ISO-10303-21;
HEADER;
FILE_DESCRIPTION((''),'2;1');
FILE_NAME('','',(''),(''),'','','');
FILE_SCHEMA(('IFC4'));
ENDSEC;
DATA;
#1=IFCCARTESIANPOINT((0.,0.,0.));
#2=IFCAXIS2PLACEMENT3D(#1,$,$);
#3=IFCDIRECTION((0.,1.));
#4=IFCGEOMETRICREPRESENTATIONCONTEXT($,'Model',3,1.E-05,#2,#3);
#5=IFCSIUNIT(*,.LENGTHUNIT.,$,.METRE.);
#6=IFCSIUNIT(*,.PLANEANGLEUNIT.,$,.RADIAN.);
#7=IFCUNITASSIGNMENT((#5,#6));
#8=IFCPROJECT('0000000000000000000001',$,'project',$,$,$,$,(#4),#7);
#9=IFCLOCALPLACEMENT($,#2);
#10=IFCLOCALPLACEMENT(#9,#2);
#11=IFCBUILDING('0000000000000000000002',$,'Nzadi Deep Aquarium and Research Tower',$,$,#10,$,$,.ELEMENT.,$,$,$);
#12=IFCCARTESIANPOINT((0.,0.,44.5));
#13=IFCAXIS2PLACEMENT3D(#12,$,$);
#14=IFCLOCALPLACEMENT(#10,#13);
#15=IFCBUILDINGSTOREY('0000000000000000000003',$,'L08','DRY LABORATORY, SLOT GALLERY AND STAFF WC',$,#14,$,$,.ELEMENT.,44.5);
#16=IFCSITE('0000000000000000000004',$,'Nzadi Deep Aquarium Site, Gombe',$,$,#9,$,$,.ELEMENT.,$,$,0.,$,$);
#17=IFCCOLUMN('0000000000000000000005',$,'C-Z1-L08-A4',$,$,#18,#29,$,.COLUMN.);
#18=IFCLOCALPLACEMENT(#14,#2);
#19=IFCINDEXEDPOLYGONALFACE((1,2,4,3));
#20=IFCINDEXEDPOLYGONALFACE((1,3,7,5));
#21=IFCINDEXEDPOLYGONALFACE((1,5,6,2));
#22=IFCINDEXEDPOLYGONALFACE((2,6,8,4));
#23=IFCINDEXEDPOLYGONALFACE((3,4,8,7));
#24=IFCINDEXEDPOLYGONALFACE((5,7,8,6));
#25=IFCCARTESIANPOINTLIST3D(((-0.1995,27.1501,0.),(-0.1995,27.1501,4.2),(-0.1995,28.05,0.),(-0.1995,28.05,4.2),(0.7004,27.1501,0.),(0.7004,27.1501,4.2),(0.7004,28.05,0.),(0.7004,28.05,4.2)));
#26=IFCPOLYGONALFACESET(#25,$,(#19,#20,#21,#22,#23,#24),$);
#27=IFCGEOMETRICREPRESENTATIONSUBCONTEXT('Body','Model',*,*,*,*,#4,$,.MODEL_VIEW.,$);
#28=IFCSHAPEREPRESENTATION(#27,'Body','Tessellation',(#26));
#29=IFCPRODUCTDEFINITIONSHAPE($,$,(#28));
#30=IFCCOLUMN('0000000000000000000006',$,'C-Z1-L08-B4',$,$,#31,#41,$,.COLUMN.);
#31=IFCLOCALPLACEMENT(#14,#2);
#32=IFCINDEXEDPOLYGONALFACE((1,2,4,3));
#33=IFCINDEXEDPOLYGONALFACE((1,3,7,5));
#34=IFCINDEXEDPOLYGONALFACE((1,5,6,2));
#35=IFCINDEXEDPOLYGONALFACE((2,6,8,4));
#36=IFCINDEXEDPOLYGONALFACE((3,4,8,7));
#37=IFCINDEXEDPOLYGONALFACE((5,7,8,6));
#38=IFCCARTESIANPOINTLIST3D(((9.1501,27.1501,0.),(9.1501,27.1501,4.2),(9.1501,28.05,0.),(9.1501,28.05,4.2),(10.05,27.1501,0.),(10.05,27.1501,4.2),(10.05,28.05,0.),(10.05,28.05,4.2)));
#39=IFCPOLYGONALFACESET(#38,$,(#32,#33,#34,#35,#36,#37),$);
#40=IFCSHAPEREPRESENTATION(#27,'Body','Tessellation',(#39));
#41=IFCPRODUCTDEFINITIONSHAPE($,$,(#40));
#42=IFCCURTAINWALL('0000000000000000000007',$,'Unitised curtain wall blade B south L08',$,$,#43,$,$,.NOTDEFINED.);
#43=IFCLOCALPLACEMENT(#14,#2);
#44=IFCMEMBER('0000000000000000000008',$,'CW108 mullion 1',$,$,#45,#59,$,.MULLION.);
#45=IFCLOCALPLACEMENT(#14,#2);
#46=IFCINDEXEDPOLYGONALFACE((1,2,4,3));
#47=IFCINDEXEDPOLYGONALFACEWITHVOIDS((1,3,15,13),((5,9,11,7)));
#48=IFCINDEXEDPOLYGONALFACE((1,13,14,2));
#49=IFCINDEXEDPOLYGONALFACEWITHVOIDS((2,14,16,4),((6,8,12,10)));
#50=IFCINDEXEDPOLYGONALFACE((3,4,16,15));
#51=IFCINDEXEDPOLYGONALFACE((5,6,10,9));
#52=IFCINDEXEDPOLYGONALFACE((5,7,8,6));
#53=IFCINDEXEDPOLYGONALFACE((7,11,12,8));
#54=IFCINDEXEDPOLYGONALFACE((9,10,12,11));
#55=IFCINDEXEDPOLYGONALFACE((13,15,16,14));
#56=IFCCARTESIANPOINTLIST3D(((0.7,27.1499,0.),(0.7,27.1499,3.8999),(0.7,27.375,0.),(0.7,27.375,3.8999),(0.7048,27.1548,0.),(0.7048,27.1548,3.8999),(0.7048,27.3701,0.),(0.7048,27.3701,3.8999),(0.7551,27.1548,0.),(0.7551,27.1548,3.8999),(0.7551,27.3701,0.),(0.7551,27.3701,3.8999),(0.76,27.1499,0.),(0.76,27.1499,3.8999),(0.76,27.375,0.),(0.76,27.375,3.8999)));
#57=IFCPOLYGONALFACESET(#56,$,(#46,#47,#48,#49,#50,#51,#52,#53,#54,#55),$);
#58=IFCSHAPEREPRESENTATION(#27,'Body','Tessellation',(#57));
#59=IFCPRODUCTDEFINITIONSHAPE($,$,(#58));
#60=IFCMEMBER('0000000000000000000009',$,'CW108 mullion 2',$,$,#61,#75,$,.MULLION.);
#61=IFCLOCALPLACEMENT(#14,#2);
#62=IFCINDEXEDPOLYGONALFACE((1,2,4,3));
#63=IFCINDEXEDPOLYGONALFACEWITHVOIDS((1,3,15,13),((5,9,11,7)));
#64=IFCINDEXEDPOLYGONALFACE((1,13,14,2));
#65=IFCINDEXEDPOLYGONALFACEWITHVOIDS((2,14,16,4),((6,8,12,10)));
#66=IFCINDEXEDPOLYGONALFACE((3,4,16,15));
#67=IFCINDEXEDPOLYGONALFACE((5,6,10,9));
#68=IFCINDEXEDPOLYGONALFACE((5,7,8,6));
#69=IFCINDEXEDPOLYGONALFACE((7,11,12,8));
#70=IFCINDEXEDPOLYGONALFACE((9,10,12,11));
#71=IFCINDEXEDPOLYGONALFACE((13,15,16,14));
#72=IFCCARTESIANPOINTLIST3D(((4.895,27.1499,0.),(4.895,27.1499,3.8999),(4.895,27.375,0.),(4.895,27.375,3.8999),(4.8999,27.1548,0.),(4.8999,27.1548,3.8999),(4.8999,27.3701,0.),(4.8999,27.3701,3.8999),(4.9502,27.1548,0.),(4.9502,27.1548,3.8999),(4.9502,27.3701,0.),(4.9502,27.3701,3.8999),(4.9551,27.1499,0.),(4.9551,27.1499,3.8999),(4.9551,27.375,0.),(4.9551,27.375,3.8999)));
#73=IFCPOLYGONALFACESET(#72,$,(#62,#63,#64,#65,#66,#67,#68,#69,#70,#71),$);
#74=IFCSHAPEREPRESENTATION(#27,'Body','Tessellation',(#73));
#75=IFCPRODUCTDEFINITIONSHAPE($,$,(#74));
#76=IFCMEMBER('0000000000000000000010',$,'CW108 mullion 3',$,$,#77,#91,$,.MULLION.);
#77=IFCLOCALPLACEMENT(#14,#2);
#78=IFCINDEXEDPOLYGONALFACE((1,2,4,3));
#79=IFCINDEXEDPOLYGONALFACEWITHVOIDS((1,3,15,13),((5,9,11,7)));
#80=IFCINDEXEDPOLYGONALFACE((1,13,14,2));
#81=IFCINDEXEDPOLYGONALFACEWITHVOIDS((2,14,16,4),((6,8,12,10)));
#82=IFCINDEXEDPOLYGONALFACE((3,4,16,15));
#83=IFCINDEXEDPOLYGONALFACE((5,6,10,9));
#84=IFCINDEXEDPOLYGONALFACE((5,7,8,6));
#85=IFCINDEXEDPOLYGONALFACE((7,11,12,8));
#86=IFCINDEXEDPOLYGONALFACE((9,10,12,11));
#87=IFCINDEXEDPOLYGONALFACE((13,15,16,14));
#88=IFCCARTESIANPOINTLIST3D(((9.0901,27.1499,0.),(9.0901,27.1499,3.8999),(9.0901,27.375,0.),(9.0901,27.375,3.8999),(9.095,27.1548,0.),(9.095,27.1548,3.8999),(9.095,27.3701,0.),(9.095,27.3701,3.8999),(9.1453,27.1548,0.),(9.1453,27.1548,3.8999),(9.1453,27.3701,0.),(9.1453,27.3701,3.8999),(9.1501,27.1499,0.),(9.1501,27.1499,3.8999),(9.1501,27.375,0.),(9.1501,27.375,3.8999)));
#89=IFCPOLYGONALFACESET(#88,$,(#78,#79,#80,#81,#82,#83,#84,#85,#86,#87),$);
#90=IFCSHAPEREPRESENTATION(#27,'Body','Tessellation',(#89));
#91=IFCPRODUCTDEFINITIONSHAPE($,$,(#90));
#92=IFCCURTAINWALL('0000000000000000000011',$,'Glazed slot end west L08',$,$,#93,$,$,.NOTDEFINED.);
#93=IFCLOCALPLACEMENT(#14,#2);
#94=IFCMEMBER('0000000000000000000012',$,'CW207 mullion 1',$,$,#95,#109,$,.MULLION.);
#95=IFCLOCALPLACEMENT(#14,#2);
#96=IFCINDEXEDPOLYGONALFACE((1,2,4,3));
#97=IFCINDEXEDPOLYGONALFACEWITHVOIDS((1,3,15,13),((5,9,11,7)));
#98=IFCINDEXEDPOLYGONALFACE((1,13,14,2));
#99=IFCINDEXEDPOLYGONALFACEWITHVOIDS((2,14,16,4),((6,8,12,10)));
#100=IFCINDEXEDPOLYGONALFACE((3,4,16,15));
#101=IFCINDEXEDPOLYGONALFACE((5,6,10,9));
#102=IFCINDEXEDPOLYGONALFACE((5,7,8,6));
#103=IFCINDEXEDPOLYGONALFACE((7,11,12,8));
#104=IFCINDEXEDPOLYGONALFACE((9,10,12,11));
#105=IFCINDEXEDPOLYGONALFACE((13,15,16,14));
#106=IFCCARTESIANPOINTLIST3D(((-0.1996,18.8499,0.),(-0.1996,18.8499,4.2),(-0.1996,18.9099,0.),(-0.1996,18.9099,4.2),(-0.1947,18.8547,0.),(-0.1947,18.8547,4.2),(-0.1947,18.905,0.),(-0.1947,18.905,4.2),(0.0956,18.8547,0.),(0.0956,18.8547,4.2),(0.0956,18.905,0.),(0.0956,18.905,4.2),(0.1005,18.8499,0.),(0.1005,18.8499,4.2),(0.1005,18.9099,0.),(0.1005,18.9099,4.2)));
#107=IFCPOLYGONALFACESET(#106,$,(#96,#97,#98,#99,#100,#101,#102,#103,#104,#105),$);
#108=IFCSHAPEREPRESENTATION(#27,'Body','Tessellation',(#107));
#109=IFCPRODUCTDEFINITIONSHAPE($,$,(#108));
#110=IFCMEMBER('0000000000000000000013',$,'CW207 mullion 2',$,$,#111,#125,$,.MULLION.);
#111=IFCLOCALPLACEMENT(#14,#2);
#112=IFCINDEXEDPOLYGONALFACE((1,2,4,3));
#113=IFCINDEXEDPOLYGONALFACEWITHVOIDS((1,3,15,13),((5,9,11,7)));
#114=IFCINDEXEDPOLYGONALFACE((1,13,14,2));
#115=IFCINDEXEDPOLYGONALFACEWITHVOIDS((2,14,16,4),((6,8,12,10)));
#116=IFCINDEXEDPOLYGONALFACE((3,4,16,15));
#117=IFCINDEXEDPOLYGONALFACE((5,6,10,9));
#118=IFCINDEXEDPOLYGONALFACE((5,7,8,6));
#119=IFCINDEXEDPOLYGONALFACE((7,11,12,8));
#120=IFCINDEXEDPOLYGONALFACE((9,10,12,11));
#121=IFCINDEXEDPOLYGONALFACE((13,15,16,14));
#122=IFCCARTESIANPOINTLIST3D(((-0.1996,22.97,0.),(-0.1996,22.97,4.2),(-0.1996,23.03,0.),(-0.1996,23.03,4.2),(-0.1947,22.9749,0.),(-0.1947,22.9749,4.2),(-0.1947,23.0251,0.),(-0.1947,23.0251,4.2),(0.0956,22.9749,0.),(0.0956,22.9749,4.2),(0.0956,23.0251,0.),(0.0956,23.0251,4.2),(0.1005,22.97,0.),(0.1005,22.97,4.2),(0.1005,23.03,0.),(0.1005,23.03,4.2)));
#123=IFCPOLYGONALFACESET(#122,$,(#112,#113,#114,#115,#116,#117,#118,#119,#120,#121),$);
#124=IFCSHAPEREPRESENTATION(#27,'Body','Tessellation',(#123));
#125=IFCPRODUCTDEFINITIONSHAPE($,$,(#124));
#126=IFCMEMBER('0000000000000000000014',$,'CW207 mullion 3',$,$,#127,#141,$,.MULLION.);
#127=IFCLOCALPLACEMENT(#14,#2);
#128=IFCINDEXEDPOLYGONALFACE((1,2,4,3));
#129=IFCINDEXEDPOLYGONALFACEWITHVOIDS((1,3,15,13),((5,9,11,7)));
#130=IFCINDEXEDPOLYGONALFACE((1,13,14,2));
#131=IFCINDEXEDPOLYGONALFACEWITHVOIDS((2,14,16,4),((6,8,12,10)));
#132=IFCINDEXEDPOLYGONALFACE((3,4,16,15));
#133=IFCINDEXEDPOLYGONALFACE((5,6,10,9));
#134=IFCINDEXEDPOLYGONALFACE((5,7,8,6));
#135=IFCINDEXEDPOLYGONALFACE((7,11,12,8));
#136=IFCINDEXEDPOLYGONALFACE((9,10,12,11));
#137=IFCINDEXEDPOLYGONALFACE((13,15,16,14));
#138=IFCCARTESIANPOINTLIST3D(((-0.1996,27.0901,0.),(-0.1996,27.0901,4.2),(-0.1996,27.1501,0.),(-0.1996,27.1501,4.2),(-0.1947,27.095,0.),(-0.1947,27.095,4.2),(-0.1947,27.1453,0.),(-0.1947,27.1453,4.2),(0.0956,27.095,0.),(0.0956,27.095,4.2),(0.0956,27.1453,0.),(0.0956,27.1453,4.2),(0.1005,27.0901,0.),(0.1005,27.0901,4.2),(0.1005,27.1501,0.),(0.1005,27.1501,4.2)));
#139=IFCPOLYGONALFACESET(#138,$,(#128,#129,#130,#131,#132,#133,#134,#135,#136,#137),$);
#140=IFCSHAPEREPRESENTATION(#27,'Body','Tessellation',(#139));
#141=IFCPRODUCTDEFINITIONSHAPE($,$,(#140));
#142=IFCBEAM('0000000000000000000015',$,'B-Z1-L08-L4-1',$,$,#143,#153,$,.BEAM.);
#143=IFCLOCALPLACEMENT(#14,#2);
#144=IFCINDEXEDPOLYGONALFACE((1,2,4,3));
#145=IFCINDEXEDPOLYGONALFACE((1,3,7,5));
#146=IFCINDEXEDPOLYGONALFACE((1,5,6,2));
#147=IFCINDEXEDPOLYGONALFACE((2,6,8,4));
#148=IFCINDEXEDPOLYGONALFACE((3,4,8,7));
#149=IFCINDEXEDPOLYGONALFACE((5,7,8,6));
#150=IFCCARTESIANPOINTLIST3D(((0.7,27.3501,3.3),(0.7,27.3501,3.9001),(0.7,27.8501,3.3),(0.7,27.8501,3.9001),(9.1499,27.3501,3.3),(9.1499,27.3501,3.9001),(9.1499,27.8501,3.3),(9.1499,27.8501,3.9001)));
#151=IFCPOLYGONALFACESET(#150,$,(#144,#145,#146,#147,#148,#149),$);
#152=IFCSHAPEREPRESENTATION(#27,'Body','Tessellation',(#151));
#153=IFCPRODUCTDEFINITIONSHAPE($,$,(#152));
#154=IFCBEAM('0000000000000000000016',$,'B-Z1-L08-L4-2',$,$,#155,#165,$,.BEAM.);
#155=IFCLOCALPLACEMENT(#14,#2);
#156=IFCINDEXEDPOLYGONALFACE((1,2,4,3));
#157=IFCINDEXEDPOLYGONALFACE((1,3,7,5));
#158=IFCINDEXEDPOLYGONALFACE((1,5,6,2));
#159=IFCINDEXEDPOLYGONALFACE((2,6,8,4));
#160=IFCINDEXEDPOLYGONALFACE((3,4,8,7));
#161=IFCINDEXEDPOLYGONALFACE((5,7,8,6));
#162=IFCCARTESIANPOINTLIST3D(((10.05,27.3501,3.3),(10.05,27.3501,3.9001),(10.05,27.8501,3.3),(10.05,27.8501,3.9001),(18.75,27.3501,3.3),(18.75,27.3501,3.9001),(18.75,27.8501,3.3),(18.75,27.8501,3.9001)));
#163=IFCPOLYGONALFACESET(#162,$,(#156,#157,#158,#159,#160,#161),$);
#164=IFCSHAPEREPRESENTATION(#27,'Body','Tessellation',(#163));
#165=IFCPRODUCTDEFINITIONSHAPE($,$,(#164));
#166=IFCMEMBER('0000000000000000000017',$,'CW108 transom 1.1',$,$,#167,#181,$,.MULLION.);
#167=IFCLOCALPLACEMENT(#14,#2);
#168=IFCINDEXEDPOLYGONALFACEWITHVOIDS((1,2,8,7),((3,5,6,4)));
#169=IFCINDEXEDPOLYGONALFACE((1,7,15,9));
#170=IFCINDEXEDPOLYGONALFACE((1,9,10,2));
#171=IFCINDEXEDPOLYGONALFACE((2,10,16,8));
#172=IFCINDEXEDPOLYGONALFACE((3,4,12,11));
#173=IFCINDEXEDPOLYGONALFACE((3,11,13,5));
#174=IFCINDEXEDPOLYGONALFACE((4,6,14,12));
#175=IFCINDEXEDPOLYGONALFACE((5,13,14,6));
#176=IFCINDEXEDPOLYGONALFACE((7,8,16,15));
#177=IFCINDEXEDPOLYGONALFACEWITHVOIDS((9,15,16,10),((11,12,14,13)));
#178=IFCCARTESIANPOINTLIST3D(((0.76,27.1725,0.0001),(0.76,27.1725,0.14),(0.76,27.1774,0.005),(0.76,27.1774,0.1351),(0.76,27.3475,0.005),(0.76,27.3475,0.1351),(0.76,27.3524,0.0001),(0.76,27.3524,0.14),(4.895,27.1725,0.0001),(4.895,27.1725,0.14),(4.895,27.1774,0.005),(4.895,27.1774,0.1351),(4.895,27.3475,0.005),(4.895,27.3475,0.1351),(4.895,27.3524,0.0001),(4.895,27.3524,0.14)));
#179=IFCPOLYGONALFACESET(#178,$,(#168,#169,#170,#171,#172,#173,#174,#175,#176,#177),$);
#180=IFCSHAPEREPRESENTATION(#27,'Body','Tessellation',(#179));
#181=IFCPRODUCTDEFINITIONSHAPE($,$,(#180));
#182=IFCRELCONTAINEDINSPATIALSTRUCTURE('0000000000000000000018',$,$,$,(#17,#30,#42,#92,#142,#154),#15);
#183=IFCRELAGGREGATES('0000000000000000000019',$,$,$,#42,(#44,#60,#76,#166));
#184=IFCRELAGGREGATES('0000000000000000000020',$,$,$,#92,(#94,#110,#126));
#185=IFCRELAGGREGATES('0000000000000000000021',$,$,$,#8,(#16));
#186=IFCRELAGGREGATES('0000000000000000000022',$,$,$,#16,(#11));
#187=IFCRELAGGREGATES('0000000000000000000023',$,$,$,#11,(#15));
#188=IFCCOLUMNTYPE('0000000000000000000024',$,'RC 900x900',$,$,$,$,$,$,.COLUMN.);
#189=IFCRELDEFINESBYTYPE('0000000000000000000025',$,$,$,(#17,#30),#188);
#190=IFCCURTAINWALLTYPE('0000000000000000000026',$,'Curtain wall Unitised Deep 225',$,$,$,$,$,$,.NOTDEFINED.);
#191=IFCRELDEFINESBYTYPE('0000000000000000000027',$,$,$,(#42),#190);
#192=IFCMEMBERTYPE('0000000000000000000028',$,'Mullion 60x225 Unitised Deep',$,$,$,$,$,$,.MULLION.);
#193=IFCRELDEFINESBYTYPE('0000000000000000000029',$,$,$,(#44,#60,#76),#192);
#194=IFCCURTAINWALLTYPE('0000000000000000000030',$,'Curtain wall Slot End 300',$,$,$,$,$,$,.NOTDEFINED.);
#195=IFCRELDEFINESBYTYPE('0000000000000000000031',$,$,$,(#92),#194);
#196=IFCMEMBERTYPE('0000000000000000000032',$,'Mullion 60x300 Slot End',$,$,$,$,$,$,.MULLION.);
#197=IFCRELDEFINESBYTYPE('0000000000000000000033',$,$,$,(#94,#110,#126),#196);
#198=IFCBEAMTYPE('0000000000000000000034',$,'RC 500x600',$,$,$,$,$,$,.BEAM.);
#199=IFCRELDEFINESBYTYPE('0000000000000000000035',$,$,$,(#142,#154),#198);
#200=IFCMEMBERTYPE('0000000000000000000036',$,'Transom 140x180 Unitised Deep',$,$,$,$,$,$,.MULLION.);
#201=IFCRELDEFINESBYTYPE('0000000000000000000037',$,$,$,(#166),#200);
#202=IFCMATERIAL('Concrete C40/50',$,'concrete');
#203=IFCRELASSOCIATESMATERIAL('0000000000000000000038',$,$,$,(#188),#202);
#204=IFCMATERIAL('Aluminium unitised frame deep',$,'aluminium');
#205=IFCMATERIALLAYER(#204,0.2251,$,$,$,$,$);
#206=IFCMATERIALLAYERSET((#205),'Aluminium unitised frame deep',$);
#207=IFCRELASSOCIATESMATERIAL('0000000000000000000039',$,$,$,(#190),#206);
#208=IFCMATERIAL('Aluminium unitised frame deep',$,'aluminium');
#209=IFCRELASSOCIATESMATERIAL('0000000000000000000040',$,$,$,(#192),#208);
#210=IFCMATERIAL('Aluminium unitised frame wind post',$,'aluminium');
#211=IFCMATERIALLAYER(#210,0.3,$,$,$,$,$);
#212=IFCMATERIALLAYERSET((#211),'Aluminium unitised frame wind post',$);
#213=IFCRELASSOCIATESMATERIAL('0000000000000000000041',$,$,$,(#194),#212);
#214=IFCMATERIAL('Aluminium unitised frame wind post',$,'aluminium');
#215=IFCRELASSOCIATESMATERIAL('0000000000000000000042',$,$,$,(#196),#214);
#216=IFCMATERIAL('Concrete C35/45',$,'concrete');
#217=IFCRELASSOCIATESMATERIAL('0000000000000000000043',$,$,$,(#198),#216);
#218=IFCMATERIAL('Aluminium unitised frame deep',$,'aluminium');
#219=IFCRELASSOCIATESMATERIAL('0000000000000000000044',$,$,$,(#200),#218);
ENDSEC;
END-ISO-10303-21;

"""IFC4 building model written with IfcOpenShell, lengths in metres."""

from ifc_helpers import new_model, si_unit, direction, frame, origin, origin_2d, place, context, subcontext, project, spatial, rectangle, hollow_rectangle, extrude, material, layer, layer_set, material_profile, profile_set, type_object, element, aggregate, save


model = new_model("IFC4")

# Units and contexts
model_context = context("Model", 3, precision=1e-05, world=origin(), true_north=direction((0.0, 1.0)))
body_context = subcontext(model_context, "Body", "Model", "MODEL_VIEW")
ifc_project = project(units=[si_unit("LENGTHUNIT", "METRE"), si_unit("PLANEANGLEUNIT", "RADIAN")], contexts=[model_context])

# Site, building, storey
site_placement = place(None, origin())
site = spatial("IfcSite", under=ifc_project, at=site_placement, Name="Nzadi Deep Aquarium Site, Gombe", CompositionType="ELEMENT", RefElevation=0.0)
building_placement = place(site_placement, origin())
building = spatial("IfcBuilding", under=site, at=building_placement, Name="Nzadi Deep Aquarium and Research Tower", CompositionType="ELEMENT")
storey_placement = place(building_placement, frame((0.0, 0.0, 44.5)))
storey = spatial("IfcBuildingStorey", under=building, at=storey_placement, Name="L08", Description="DRY LABORATORY, SLOT GALLERY AND STAFF WC", CompositionType="ELEMENT", Elevation=44.5)

# Columns
ifc_material_1 = material(Name="Concrete C40/50", Category="concrete")
ifc_material_profile_1 = material_profile(ifc_material_1, rectangle(XDim=0.8999, YDim=0.8999, at=origin_2d()))
ifc_profile_set_1 = profile_set([ifc_material_profile_1], Name="Concrete C40/50")
column_type = type_object("IfcColumnType", Name="RC 900x900", PredefinedType="COLUMN", material=ifc_profile_set_1)
for number, where, z_axis, x_axis, name in (
    (1, (0.2505, 27.6001, 0.0), (0.0, 0.0, 1.0), (1.0, 0.0, 0.0), "C-Z1-L08-A4"),
    (2, (9.6001, 27.6001, 0.0), (0.0, 0.0, 1.0), (1.0, 0.0, 0.0), "C-Z1-L08-B4"),
):
    element("IfcColumn", number, at=place(storey_placement, frame(where, z_axis=z_axis, x_axis=x_axis)), inside=storey, type_object=column_type, Name=name, PredefinedType="COLUMN", context=body_context, shape_type="SweptSolid", body=[
        extrude(rectangle(XDim=0.8999, YDim=0.8999, at=origin_2d()), origin(), (0.0, 0.0, 1.0), 4.2),
    ])

# Curtain walls, members
ifc_material_2 = material(Name="Aluminium unitised frame deep", Category="aluminium")
ifc_layer_1 = layer(ifc_material_2, 0.2251)
ifc_layer_set_1 = layer_set([ifc_layer_1], Name="Aluminium unitised frame deep")
curtain_wall_type_1 = type_object("IfcCurtainWallType", Name="Curtain wall Unitised Deep 225", PredefinedType="NOTDEFINED", material=ifc_layer_set_1)
curtain_wall_1_placement = place(storey_placement, origin())
curtain_wall_1 = element("IfcCurtainWall", 3, at=curtain_wall_1_placement, inside=storey, type_object=curtain_wall_type_1, Name="Unitised curtain wall blade B south L08", PredefinedType="NOTDEFINED")
ifc_material_3 = material(Name="Aluminium unitised frame deep", Category="aluminium")
ifc_material_profile_2 = material_profile(ifc_material_3, hollow_rectangle(XDim=0.2251, YDim=0.0601, WallThickness=0.0049, at=origin_2d()))
ifc_profile_set_2 = profile_set([ifc_material_profile_2], Name="Aluminium unitised frame deep")
member_type_1 = type_object("IfcMemberType", Name="Mullion 60x225 Unitised Deep", PredefinedType="MULLION", material=ifc_profile_set_2)
member_1_placement = place(storey_placement, frame((0.73, 27.2625, 0.0), z_axis=(0.0, 0.0, 1.0), x_axis=(0.0, 1.0, 0.0)))
member_1 = element("IfcMember", 4, at=member_1_placement, type_object=member_type_1, Name="CW108 mullion 1", PredefinedType="MULLION", context=body_context, shape_type="SweptSolid", body=[
    extrude(hollow_rectangle(XDim=0.2251, YDim=0.0601, WallThickness=0.0049, at=origin_2d()), origin(), (0.0, 0.0, 1.0), 3.8999),
])
member_2_placement = place(storey_placement, frame((4.925, 27.2625, 0.0), z_axis=(0.0, 0.0, 1.0), x_axis=(0.0, 1.0, 0.0)))
member_2 = element("IfcMember", 5, at=member_2_placement, type_object=member_type_1, Name="CW108 mullion 2", PredefinedType="MULLION", context=body_context, shape_type="SweptSolid", body=[
    extrude(hollow_rectangle(XDim=0.2251, YDim=0.0601, WallThickness=0.0049, at=origin_2d()), origin(), (0.0, 0.0, 1.0), 3.8999),
])
member_3_placement = place(storey_placement, frame((9.1201, 27.2625, 0.0), z_axis=(0.0, 0.0, 1.0), x_axis=(0.0, 1.0, 0.0)))
member_3 = element("IfcMember", 6, at=member_3_placement, type_object=member_type_1, Name="CW108 mullion 3", PredefinedType="MULLION", context=body_context, shape_type="SweptSolid", body=[
    extrude(hollow_rectangle(XDim=0.2251, YDim=0.0601, WallThickness=0.0049, at=origin_2d()), origin(), (0.0, 0.0, 1.0), 3.8999),
])
ifc_material_4 = material(Name="Aluminium unitised frame wind post", Category="aluminium")
ifc_layer_2 = layer(ifc_material_4, 0.3)
ifc_layer_set_2 = layer_set([ifc_layer_2], Name="Aluminium unitised frame wind post")
curtain_wall_type_2 = type_object("IfcCurtainWallType", Name="Curtain wall Slot End 300", PredefinedType="NOTDEFINED", material=ifc_layer_set_2)
curtain_wall_2_placement = place(storey_placement, origin())
curtain_wall_2 = element("IfcCurtainWall", 7, at=curtain_wall_2_placement, inside=storey, type_object=curtain_wall_type_2, Name="Glazed slot end west L08", PredefinedType="NOTDEFINED")
ifc_material_5 = material(Name="Aluminium unitised frame wind post", Category="aluminium")
ifc_material_profile_3 = material_profile(ifc_material_5, hollow_rectangle(XDim=0.3, YDim=0.0601, WallThickness=0.0049, at=origin_2d()))
ifc_profile_set_3 = profile_set([ifc_material_profile_3], Name="Aluminium unitised frame wind post")
member_type_2 = type_object("IfcMemberType", Name="Mullion 60x300 Slot End", PredefinedType="MULLION", material=ifc_profile_set_3)
member_4_placement = place(storey_placement, frame((-0.0496, 18.8799, 0.0), z_axis=(0.0, 0.0, 1.0), x_axis=(-1.0, 0.0, 0.0)))
member_4 = element("IfcMember", 8, at=member_4_placement, type_object=member_type_2, Name="CW207 mullion 1", PredefinedType="MULLION", context=body_context, shape_type="SweptSolid", body=[
    extrude(hollow_rectangle(XDim=0.3, YDim=0.0601, WallThickness=0.0049, at=origin_2d()), origin(), (0.0, 0.0, 1.0), 4.2),
])
member_5_placement = place(storey_placement, frame((-0.0496, 23.0, 0.0), z_axis=(0.0, 0.0, 1.0), x_axis=(-1.0, 0.0, 0.0)))
member_5 = element("IfcMember", 9, at=member_5_placement, type_object=member_type_2, Name="CW207 mullion 2", PredefinedType="MULLION", context=body_context, shape_type="SweptSolid", body=[
    extrude(hollow_rectangle(XDim=0.3, YDim=0.0601, WallThickness=0.0049, at=origin_2d()), origin(), (0.0, 0.0, 1.0), 4.2),
])
member_6_placement = place(storey_placement, frame((-0.0496, 27.1201, 0.0), z_axis=(0.0, 0.0, 1.0), x_axis=(-1.0, 0.0, 0.0)))
member_6 = element("IfcMember", 10, at=member_6_placement, type_object=member_type_2, Name="CW207 mullion 3", PredefinedType="MULLION", context=body_context, shape_type="SweptSolid", body=[
    extrude(hollow_rectangle(XDim=0.3, YDim=0.0601, WallThickness=0.0049, at=origin_2d()), origin(), (0.0, 0.0, 1.0), 4.2),
])

# Beams
ifc_material_6 = material(Name="Concrete C35/45", Category="concrete")
ifc_material_profile_4 = material_profile(ifc_material_6, rectangle(XDim=0.5, YDim=0.6001, at=origin_2d()))
ifc_profile_set_4 = profile_set([ifc_material_profile_4], Name="Concrete C35/45")
beam_type = type_object("IfcBeamType", Name="RC 500x600", PredefinedType="BEAM", material=ifc_profile_set_4)
beam_1_placement = place(storey_placement, frame((0.7, 27.6001, 3.6001), z_axis=(1.0, 0.0, 0.0), x_axis=(0.0, 1.0, 0.0)))
element("IfcBeam", 11, at=beam_1_placement, inside=storey, type_object=beam_type, Name="B-Z1-L08-L4-1", PredefinedType="BEAM", context=body_context, shape_type="SweptSolid", body=[
    extrude(rectangle(XDim=0.5, YDim=0.6001, at=origin_2d()), origin(), (0.0, 0.0, 1.0), 8.45),
])
beam_2_placement = place(storey_placement, frame((10.05, 27.6001, 3.6001), z_axis=(1.0, 0.0, 0.0), x_axis=(0.0, 1.0, 0.0)))
element("IfcBeam", 12, at=beam_2_placement, inside=storey, type_object=beam_type, Name="B-Z1-L08-L4-2", PredefinedType="BEAM", context=body_context, shape_type="SweptSolid", body=[
    extrude(rectangle(XDim=0.5, YDim=0.6001, at=origin_2d()), origin(), (0.0, 0.0, 1.0), 8.7),
])

# Member
ifc_material_7 = material(Name="Aluminium unitised frame deep", Category="aluminium")
ifc_material_profile_5 = material_profile(ifc_material_7, hollow_rectangle(XDim=0.1799, YDim=0.1399, WallThickness=0.0049, at=origin_2d()))
ifc_profile_set_5 = profile_set([ifc_material_profile_5], Name="Aluminium unitised frame deep")
member_type_3 = type_object("IfcMemberType", Name="Transom 140x180 Unitised Deep", PredefinedType="MULLION", material=ifc_profile_set_5)
member_7_placement = place(storey_placement, frame((0.76, 27.2625, 0.0701), z_axis=(1.0, 0.0, 0.0), x_axis=(0.0, 1.0, 0.0)))
member_7 = element("IfcMember", 13, at=member_7_placement, type_object=member_type_3, Name="CW108 transom 1.1", PredefinedType="MULLION", context=body_context, shape_type="SweptSolid", body=[
    extrude(hollow_rectangle(XDim=0.1799, YDim=0.1399, WallThickness=0.0049, at=origin_2d()), origin(), (0.0, 0.0, 1.0), 4.135),
])

aggregate(curtain_wall_1, [member_1, member_2, member_3, member_7])
aggregate(curtain_wall_2, [member_4, member_5, member_6])

save(model, "model.ifc")
